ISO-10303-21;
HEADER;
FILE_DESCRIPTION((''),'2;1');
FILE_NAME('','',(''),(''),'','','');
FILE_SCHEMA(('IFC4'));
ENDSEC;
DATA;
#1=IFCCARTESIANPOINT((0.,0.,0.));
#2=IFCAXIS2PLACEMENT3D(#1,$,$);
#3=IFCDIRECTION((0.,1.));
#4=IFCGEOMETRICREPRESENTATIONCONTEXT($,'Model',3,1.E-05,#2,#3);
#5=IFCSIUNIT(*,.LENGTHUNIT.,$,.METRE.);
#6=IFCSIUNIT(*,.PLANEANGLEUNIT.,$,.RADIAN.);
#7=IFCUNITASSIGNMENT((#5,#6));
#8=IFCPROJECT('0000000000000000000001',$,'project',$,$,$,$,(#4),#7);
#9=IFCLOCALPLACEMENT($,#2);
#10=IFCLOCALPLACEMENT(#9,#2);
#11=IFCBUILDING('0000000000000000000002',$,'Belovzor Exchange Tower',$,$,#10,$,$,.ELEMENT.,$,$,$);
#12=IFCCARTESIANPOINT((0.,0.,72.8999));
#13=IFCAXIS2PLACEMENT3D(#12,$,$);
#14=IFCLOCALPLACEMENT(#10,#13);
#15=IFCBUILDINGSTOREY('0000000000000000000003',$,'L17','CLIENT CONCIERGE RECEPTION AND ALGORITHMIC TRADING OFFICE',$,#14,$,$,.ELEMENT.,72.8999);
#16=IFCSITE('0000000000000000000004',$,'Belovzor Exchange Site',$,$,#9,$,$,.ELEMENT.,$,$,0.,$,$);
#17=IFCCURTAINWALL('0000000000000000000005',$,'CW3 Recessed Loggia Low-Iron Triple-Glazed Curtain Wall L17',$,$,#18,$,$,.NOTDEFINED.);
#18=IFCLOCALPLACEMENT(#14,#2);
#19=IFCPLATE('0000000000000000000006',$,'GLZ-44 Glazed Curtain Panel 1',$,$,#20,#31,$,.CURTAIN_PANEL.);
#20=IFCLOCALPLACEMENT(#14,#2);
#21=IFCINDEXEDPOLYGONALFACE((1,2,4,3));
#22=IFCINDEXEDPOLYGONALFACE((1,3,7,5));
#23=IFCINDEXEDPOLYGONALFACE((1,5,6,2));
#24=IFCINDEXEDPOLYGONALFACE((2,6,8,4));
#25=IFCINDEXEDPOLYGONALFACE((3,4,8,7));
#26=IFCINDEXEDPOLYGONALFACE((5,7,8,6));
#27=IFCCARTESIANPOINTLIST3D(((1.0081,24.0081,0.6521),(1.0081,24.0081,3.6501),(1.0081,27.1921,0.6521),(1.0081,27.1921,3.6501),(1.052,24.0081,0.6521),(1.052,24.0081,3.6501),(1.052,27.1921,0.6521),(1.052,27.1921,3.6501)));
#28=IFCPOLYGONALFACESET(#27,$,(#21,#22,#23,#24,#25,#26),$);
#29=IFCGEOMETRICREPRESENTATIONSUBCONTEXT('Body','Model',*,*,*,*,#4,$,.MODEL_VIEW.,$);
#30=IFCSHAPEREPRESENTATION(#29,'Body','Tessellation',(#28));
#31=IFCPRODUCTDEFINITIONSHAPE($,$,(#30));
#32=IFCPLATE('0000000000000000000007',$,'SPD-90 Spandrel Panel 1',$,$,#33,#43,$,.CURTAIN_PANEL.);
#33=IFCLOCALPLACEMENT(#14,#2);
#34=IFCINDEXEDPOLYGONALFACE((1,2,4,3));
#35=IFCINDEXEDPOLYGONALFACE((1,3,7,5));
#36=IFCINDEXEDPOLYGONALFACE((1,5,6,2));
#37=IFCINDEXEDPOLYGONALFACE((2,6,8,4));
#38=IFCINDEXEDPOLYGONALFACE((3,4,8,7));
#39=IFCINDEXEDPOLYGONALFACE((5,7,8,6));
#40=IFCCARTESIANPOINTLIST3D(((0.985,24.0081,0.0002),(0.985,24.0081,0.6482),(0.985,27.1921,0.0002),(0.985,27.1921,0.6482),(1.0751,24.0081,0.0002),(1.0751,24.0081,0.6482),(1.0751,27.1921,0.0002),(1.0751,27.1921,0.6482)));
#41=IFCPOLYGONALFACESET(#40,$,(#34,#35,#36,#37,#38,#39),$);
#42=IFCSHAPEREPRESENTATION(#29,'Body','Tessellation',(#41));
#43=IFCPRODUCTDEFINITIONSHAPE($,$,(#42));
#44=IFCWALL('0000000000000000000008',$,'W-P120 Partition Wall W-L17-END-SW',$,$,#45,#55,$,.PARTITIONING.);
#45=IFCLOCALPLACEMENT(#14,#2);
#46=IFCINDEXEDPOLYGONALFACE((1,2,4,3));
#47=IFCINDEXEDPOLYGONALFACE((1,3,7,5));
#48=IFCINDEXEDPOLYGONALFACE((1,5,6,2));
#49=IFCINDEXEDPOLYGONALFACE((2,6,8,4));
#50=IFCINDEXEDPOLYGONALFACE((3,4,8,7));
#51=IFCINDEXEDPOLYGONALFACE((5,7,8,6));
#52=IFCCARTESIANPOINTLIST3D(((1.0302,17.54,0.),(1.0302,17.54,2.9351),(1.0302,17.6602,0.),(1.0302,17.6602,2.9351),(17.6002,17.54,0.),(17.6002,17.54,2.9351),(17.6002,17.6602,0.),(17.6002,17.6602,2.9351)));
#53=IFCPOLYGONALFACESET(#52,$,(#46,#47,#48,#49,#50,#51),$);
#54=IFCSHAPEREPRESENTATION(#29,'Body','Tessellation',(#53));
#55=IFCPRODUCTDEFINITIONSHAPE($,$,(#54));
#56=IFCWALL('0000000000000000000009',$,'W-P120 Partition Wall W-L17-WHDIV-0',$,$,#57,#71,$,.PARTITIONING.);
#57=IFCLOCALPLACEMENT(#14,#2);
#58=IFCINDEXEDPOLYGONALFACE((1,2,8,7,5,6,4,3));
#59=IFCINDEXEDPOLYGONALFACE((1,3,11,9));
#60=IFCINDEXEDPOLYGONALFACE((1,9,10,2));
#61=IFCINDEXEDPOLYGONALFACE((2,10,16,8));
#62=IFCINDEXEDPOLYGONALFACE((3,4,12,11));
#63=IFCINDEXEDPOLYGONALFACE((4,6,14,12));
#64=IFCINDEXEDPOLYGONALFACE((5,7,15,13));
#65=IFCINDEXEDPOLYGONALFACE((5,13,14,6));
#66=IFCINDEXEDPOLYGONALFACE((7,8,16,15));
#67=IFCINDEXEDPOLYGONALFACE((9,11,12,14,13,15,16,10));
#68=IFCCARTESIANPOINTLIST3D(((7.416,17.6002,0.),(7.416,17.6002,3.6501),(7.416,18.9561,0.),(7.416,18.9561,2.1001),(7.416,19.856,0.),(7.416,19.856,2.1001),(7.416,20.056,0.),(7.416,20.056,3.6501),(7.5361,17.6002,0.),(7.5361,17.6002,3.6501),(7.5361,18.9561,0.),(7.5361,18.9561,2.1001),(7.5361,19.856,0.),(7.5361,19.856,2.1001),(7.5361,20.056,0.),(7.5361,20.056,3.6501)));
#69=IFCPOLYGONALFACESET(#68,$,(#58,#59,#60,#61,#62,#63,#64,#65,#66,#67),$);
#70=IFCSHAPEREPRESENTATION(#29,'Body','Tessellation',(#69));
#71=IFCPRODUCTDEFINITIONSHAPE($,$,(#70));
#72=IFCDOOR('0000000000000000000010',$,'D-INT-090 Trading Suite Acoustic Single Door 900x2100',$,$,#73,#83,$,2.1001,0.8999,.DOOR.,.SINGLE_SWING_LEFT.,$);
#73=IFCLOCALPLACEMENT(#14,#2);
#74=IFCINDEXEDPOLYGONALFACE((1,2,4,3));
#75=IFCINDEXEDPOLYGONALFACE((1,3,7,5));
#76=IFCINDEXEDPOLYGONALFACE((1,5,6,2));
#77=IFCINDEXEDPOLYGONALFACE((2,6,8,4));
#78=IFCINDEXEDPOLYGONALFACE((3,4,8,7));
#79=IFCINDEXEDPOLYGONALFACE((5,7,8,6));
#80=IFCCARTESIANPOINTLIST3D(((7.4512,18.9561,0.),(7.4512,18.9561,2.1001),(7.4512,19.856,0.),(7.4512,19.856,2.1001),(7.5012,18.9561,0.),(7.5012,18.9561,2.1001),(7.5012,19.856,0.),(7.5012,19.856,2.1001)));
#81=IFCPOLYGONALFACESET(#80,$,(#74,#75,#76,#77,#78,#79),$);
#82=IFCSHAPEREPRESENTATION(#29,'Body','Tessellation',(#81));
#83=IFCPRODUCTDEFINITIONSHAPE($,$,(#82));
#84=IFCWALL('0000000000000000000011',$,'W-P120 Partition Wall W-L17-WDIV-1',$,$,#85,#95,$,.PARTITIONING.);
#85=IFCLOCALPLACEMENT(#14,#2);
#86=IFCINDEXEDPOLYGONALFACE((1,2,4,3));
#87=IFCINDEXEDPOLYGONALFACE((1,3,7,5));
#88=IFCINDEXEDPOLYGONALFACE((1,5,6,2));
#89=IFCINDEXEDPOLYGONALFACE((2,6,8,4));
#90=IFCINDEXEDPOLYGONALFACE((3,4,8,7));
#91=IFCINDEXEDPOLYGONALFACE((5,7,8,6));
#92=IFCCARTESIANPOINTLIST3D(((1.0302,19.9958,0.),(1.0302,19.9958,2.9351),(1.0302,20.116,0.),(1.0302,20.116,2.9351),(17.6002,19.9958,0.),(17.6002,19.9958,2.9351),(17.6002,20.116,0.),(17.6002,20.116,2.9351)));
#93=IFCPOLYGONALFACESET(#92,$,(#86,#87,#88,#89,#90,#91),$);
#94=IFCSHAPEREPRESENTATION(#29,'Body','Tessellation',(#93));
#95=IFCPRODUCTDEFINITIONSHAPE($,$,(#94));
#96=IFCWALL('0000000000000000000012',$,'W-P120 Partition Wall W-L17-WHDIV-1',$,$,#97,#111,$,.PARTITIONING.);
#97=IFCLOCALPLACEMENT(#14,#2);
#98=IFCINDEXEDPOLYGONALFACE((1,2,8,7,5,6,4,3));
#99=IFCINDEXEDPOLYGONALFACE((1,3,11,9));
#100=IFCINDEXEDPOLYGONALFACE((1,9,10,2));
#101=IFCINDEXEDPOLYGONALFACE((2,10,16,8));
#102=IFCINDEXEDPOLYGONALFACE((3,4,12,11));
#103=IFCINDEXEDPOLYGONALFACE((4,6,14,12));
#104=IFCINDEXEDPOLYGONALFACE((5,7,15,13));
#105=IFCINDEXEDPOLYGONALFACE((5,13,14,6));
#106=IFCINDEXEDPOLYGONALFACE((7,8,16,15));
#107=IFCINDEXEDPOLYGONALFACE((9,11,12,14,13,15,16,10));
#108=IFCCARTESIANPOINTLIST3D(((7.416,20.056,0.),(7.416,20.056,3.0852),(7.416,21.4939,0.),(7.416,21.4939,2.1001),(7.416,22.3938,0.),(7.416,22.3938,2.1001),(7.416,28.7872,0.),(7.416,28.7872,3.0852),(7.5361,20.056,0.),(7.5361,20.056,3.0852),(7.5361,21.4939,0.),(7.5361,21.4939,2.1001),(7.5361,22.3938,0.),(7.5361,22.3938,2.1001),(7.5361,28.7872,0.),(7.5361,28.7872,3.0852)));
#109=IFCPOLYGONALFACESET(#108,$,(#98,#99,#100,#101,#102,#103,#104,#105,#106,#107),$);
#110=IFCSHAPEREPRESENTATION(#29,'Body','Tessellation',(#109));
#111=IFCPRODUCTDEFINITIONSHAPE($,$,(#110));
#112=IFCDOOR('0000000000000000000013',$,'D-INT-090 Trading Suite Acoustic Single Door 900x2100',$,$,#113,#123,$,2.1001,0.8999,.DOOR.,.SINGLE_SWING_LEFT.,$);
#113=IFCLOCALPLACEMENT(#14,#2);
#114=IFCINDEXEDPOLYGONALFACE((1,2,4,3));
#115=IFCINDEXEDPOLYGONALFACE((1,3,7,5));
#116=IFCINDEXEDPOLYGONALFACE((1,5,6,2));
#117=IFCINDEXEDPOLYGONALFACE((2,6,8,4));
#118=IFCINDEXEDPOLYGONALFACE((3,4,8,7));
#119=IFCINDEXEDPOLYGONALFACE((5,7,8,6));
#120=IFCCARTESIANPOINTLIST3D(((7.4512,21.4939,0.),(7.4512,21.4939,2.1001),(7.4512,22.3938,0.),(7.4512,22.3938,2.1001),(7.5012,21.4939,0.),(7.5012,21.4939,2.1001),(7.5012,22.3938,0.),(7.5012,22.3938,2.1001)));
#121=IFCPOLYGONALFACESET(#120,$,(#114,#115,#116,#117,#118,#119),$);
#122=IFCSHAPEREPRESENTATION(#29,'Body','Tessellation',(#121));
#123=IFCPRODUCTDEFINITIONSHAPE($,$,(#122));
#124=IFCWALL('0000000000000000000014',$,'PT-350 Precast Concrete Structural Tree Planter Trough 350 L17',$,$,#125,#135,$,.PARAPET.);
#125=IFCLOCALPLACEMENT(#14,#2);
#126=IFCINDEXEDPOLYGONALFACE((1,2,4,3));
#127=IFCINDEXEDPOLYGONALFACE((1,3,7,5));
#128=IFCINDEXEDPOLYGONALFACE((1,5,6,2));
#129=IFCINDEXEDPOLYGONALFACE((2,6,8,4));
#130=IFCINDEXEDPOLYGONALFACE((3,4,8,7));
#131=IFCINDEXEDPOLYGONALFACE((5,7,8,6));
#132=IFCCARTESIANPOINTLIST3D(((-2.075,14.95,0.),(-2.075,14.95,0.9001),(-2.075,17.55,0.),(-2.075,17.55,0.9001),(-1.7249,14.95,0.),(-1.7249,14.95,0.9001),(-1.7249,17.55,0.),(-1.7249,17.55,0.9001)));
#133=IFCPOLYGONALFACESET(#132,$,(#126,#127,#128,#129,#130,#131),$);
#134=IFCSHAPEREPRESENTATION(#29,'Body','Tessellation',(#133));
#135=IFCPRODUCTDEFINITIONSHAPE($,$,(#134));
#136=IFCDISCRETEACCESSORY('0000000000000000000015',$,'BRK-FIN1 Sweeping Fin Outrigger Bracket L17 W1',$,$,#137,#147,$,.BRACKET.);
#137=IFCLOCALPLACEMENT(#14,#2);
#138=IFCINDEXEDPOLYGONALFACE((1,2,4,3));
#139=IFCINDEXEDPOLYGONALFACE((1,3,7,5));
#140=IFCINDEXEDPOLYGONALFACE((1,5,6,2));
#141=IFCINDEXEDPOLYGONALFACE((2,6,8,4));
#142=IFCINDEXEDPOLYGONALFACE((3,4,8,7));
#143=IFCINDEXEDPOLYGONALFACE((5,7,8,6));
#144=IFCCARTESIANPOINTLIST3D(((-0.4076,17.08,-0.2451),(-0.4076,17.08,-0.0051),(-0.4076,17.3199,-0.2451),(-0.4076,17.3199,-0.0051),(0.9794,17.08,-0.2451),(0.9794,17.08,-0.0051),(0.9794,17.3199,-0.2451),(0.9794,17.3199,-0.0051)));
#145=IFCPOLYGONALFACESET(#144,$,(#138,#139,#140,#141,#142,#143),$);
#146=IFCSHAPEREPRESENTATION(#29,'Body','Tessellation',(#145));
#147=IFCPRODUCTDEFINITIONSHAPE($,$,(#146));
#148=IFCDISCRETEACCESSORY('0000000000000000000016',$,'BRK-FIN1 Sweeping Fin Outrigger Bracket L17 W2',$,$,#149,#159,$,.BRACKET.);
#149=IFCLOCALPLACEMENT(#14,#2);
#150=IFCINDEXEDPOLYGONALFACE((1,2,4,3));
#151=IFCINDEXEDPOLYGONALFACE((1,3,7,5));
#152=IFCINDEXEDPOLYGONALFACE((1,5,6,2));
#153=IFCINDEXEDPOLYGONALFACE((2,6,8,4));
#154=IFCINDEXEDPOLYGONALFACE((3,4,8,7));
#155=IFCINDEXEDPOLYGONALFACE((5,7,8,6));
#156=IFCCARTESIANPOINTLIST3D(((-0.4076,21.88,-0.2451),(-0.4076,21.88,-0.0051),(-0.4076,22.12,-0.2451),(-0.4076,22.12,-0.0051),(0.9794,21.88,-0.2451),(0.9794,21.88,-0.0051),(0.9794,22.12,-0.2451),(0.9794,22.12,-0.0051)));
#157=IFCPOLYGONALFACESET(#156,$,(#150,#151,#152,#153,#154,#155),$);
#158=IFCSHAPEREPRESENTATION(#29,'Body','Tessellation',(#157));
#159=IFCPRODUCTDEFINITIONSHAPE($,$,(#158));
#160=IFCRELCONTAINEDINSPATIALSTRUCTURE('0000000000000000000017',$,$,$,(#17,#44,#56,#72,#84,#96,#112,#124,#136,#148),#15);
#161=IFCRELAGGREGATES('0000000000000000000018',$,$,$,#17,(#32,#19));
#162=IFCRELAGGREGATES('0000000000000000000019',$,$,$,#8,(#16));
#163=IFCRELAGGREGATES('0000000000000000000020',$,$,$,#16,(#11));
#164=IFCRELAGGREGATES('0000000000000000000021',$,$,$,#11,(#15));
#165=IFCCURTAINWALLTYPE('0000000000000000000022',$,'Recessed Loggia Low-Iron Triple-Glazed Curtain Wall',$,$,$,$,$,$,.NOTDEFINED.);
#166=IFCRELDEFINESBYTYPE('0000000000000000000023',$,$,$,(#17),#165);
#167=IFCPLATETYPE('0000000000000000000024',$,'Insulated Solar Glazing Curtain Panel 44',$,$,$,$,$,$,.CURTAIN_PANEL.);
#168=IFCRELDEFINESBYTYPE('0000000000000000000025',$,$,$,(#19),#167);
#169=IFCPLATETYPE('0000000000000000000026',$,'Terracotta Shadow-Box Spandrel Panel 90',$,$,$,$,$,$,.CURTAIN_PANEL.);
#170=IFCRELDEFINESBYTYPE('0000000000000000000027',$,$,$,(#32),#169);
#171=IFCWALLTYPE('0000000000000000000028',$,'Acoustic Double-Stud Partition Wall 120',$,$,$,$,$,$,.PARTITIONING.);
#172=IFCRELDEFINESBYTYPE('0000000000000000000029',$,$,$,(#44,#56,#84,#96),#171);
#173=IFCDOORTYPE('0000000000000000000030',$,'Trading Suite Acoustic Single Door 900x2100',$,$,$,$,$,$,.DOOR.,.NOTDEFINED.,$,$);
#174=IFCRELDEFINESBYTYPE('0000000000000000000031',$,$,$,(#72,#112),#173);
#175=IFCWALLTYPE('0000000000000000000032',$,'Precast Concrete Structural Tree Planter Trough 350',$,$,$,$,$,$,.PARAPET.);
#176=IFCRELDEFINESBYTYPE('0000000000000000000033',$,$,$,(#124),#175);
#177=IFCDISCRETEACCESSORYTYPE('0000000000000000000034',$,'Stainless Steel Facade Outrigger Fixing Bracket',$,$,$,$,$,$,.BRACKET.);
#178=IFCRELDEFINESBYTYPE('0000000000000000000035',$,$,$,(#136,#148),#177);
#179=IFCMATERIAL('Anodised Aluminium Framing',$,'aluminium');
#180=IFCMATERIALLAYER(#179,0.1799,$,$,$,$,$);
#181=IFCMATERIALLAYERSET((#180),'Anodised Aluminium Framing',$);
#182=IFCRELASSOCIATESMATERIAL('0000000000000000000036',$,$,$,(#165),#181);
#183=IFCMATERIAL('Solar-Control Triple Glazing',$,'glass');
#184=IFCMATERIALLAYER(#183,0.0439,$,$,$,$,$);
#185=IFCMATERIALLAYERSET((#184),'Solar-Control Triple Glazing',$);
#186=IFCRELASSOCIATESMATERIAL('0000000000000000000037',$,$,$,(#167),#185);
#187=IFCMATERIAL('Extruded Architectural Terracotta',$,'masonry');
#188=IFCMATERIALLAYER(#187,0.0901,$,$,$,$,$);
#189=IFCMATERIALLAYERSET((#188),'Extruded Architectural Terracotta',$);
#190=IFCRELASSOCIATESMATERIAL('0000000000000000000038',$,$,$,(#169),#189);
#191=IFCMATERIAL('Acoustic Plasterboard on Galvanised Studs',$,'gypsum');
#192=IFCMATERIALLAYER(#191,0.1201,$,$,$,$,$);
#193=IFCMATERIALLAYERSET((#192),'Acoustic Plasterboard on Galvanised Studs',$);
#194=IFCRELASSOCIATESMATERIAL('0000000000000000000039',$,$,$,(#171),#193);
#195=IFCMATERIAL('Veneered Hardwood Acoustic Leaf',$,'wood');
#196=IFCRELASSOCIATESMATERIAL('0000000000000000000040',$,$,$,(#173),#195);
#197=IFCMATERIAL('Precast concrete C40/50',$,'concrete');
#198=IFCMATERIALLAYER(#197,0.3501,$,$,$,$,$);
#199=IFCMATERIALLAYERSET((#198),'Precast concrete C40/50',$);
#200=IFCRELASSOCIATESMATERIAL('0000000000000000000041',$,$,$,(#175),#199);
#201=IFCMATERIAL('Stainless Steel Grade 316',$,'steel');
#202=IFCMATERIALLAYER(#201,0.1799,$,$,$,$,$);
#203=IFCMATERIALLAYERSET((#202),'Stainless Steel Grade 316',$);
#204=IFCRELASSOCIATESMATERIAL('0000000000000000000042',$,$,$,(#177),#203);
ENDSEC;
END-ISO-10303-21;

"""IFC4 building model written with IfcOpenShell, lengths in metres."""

from ifc_helpers import new_model, si_unit, direction, frame, frame_2d, origin, origin_2d, place, context, subcontext, project, spatial, rectangle, extrude, material, layer, layer_set, type_object, element, fill, aggregate, save


model = new_model("IFC4")

# Units and contexts
model_context = context("Model", 3, precision=1e-05, world=origin(), true_north=direction((0.0, 1.0)))
body_context = subcontext(model_context, "Body", "Model", "MODEL_VIEW")
ifc_project = project(units=[si_unit("LENGTHUNIT", "METRE"), si_unit("PLANEANGLEUNIT", "RADIAN")], contexts=[model_context])

# Site, building, storey
site_placement = place(None, origin())
site = spatial("IfcSite", under=ifc_project, at=site_placement, Name="Belovzor Exchange Site", CompositionType="ELEMENT", RefElevation=0.0)
building_placement = place(site_placement, origin())
building = spatial("IfcBuilding", under=site, at=building_placement, Name="Belovzor Exchange Tower", CompositionType="ELEMENT")
storey_placement = place(building_placement, frame((0.0, 0.0, 72.8999)))
storey = spatial("IfcBuildingStorey", under=building, at=storey_placement, Name="L17", Description="CLIENT CONCIERGE RECEPTION AND ALGORITHMIC TRADING OFFICE", CompositionType="ELEMENT", Elevation=72.8999)

# Curtain wall
ifc_material_1 = material(Name="Anodised Aluminium Framing", Category="aluminium")
ifc_layer_1 = layer(ifc_material_1, 0.1799)
ifc_layer_set_1 = layer_set([ifc_layer_1], Name="Anodised Aluminium Framing")
curtain_wall_type = type_object("IfcCurtainWallType", Name="Recessed Loggia Low-Iron Triple-Glazed Curtain Wall", PredefinedType="NOTDEFINED", material=ifc_layer_set_1)
curtain_wall_placement = place(storey_placement, origin())
curtain_wall = element("IfcCurtainWall", 1, at=curtain_wall_placement, inside=storey, type_object=curtain_wall_type, Name="CW3 Recessed Loggia Low-Iron Triple-Glazed Curtain Wall L17", PredefinedType="NOTDEFINED")

# Plates
ifc_material_2 = material(Name="Solar-Control Triple Glazing", Category="glass")
ifc_layer_2 = layer(ifc_material_2, 0.0439)
ifc_layer_set_2 = layer_set([ifc_layer_2], Name="Solar-Control Triple Glazing")
plate_type_1 = type_object("IfcPlateType", Name="Insulated Solar Glazing Curtain Panel 44", PredefinedType="CURTAIN_PANEL", material=ifc_layer_set_2)
plate_1_placement = place(storey_placement, frame((1.03, 25.6001, 0.6521), z_axis=(0.0, 0.0, 1.0), x_axis=(0.0, 1.0, 0.0)))
plate_1 = element("IfcPlate", 2, at=plate_1_placement, type_object=plate_type_1, Name="GLZ-44 Glazed Curtain Panel 1", PredefinedType="CURTAIN_PANEL", context=body_context, shape_type="SweptSolid", body=[
    extrude(rectangle(XDim=3.1841, YDim=0.0439, at=origin_2d()), origin(), (0.0, 0.0, 1.0), 2.998),
])
ifc_material_3 = material(Name="Extruded Architectural Terracotta", Category="masonry")
ifc_layer_3 = layer(ifc_material_3, 0.0901)
ifc_layer_set_3 = layer_set([ifc_layer_3], Name="Extruded Architectural Terracotta")
plate_type_2 = type_object("IfcPlateType", Name="Terracotta Shadow-Box Spandrel Panel 90", PredefinedType="CURTAIN_PANEL", material=ifc_layer_set_3)
plate_2_placement = place(storey_placement, frame((1.03, 25.6001, 0.0002), z_axis=(0.0, 0.0, 1.0), x_axis=(0.0, 1.0, 0.0)))
plate_2 = element("IfcPlate", 3, at=plate_2_placement, type_object=plate_type_2, Name="SPD-90 Spandrel Panel 1", PredefinedType="CURTAIN_PANEL", context=body_context, shape_type="SweptSolid", body=[
    extrude(rectangle(XDim=3.1841, YDim=0.0901, at=origin_2d()), origin(), (0.0, 0.0, 1.0), 0.6479),
])
aggregate(curtain_wall, [plate_2, plate_1])

# Wall
ifc_material_4 = material(Name="Acoustic Plasterboard on Galvanised Studs", Category="gypsum")
ifc_layer_4 = layer(ifc_material_4, 0.1201)
ifc_layer_set_4 = layer_set([ifc_layer_4], Name="Acoustic Plasterboard on Galvanised Studs")
wall_type_1 = type_object("IfcWallType", Name="Acoustic Double-Stud Partition Wall 120", PredefinedType="PARTITIONING", material=ifc_layer_set_4)
wall_1_placement = place(storey_placement, frame((1.03, 17.6001, 0.0), z_axis=(0.0, 0.0, 1.0), x_axis=(1.0, 0.0, 0.0)))
element("IfcWall", 4, at=wall_1_placement, inside=storey, type_object=wall_type_1, Name="W-P120 Partition Wall W-L17-END-SW", PredefinedType="PARTITIONING", context=body_context, shape_type="SweptSolid", body=[
    extrude(rectangle(XDim=16.5701, YDim=0.1201, at=frame_2d((8.2852, 0.0))), origin(), (0.0, 0.0, 1.0), 2.9351),
])

# Wall, opening, door
wall_2_placement = place(storey_placement, frame((7.4761, 17.6001, 0.0), z_axis=(0.0, 0.0, 1.0), x_axis=(0.0, 1.0, 0.0)))
wall_2 = element("IfcWall", 5, at=wall_2_placement, inside=storey, type_object=wall_type_1, Name="W-P120 Partition Wall W-L17-WHDIV-0", PredefinedType="PARTITIONING", context=body_context, shape_type="SweptSolid", body=[
    extrude(rectangle(XDim=2.4558, YDim=0.1201, at=frame_2d((1.228, 0.0))), origin(), (0.0, 0.0, 1.0), 3.6501),
])
opening_1_placement = place(wall_2_placement, frame((1.356, 0.0, 0.0)))
opening_1 = element("IfcOpeningElement", 6, at=opening_1_placement, cuts=wall_2, PredefinedType="OPENING", context=body_context, shape_type="SweptSolid", body=[
    extrude(rectangle(XDim=0.8999, YDim=2.1001, at=frame_2d((0.45, 1.05))), frame((0.0, 0.0701, 0.0), z_axis=(0.0, -1.0, 0.0), x_axis=(1.0, 0.0, 0.0)), (0.0, 0.0, 1.0), 0.1401),
])
ifc_material_5 = material(Name="Veneered Hardwood Acoustic Leaf", Category="wood")
door_type = type_object("IfcDoorType", Name="Trading Suite Acoustic Single Door 900x2100", OperationType="NOTDEFINED", PredefinedType="DOOR", material=ifc_material_5)
door_1_placement = place(opening_1_placement, origin())
door_1 = element("IfcDoor", 7, at=door_1_placement, inside=storey, type_object=door_type, Name="D-INT-090 Trading Suite Acoustic Single Door 900x2100", OperationType="SINGLE_SWING_LEFT", OverallHeight=2.1001, OverallWidth=0.8999, PredefinedType="DOOR", context=body_context, shape_type="SweptSolid", body=[
    extrude(rectangle(XDim=0.8999, YDim=2.1001, at=frame_2d((0.45, 1.05))), frame((0.0, 0.0249, 0.0), z_axis=(0.0, -1.0, 0.0), x_axis=(1.0, 0.0, 0.0)), (0.0, 0.0, 1.0), 0.05),
])
fill(opening_1, door_1)

# Wall
wall_3_placement = place(storey_placement, frame((1.03, 20.0559, 0.0), z_axis=(0.0, 0.0, 1.0), x_axis=(1.0, 0.0, 0.0)))
element("IfcWall", 8, at=wall_3_placement, inside=storey, type_object=wall_type_1, Name="W-P120 Partition Wall W-L17-WDIV-1", PredefinedType="PARTITIONING", context=body_context, shape_type="SweptSolid", body=[
    extrude(rectangle(XDim=16.5701, YDim=0.1201, at=frame_2d((8.2852, 0.0))), origin(), (0.0, 0.0, 1.0), 2.9351),
])

# Wall, opening, door
wall_4_placement = place(storey_placement, frame((7.4761, 20.0559, 0.0), z_axis=(0.0, 0.0, 1.0), x_axis=(0.0, 1.0, 0.0)))
wall_4 = element("IfcWall", 9, at=wall_4_placement, inside=storey, type_object=wall_type_1, Name="W-P120 Partition Wall W-L17-WHDIV-1", PredefinedType="PARTITIONING", context=body_context, shape_type="SweptSolid", body=[
    extrude(rectangle(XDim=8.7312, YDim=0.1201, at=frame_2d((4.3657, 0.0))), origin(), (0.0, 0.0, 1.0), 3.0852),
])
opening_2_placement = place(wall_4_placement, frame((1.438, 0.0, 0.0)))
opening_2 = element("IfcOpeningElement", 10, at=opening_2_placement, cuts=wall_4, PredefinedType="OPENING", context=body_context, shape_type="SweptSolid", body=[
    extrude(rectangle(XDim=0.8999, YDim=2.1001, at=frame_2d((0.45, 1.05))), frame((0.0, 0.0701, 0.0), z_axis=(0.0, -1.0, 0.0), x_axis=(1.0, 0.0, 0.0)), (0.0, 0.0, 1.0), 0.1401),
])
door_2_placement = place(opening_2_placement, origin())
door_2 = element("IfcDoor", 11, at=door_2_placement, inside=storey, type_object=door_type, Name="D-INT-090 Trading Suite Acoustic Single Door 900x2100", OperationType="SINGLE_SWING_LEFT", OverallHeight=2.1001, OverallWidth=0.8999, PredefinedType="DOOR", context=body_context, shape_type="SweptSolid", body=[
    extrude(rectangle(XDim=0.8999, YDim=2.1001, at=frame_2d((0.45, 1.05))), frame((0.0, 0.0249, 0.0), z_axis=(0.0, -1.0, 0.0), x_axis=(1.0, 0.0, 0.0)), (0.0, 0.0, 1.0), 0.05),
])
fill(opening_2, door_2)

# Wall
ifc_material_6 = material(Name="Precast concrete C40/50", Category="concrete")
ifc_layer_5 = layer(ifc_material_6, 0.3501)
ifc_layer_set_5 = layer_set([ifc_layer_5], Name="Precast concrete C40/50")
wall_type_2 = type_object("IfcWallType", Name="Precast Concrete Structural Tree Planter Trough 350", PredefinedType="PARAPET", material=ifc_layer_set_5)
wall_5_placement = place(storey_placement, frame((-1.8999, 14.95, 0.0), z_axis=(0.0, 0.0, 1.0), x_axis=(0.0, 1.0, 0.0)))
element("IfcWall", 12, at=wall_5_placement, inside=storey, type_object=wall_type_2, Name="PT-350 Precast Concrete Structural Tree Planter Trough 350 L17", PredefinedType="PARAPET", context=body_context, shape_type="SweptSolid", body=[
    extrude(rectangle(XDim=2.6001, YDim=0.3501, at=frame_2d((1.3, 0.0))), origin(), (0.0, 0.0, 1.0), 0.9001),
])

# Discrete accessories
ifc_material_7 = material(Name="Stainless Steel Grade 316", Category="steel")
ifc_layer_6 = layer(ifc_material_7, 0.1799)
ifc_layer_set_6 = layer_set([ifc_layer_6], Name="Stainless Steel Grade 316")
discrete_accessory_type = type_object("IfcDiscreteAccessoryType", Name="Stainless Steel Facade Outrigger Fixing Bracket", PredefinedType="BRACKET", material=ifc_layer_set_6)
for number, where, z_axis, x_axis, name in (
    (13, (0.2859, 17.2, -0.2451), (0.0, 0.0, 1.0), (1.0, 0.0, 0.0), "BRK-FIN1 Sweeping Fin Outrigger Bracket L17 W1"),
    (14, (0.2859, 22.0, -0.2451), (0.0, 0.0, 1.0), (1.0, 0.0, 0.0), "BRK-FIN1 Sweeping Fin Outrigger Bracket L17 W2"),
):
    element("IfcDiscreteAccessory", number, at=place(storey_placement, frame(where, z_axis=z_axis, x_axis=x_axis)), inside=storey, type_object=discrete_accessory_type, Name=name, PredefinedType="BRACKET", context=body_context, shape_type="SweptSolid", body=[
        extrude(rectangle(XDim=1.387, YDim=0.24, at=origin_2d()), origin(), (0.0, 0.0, 1.0), 0.24),
    ])

save(model, "model.ifc")
